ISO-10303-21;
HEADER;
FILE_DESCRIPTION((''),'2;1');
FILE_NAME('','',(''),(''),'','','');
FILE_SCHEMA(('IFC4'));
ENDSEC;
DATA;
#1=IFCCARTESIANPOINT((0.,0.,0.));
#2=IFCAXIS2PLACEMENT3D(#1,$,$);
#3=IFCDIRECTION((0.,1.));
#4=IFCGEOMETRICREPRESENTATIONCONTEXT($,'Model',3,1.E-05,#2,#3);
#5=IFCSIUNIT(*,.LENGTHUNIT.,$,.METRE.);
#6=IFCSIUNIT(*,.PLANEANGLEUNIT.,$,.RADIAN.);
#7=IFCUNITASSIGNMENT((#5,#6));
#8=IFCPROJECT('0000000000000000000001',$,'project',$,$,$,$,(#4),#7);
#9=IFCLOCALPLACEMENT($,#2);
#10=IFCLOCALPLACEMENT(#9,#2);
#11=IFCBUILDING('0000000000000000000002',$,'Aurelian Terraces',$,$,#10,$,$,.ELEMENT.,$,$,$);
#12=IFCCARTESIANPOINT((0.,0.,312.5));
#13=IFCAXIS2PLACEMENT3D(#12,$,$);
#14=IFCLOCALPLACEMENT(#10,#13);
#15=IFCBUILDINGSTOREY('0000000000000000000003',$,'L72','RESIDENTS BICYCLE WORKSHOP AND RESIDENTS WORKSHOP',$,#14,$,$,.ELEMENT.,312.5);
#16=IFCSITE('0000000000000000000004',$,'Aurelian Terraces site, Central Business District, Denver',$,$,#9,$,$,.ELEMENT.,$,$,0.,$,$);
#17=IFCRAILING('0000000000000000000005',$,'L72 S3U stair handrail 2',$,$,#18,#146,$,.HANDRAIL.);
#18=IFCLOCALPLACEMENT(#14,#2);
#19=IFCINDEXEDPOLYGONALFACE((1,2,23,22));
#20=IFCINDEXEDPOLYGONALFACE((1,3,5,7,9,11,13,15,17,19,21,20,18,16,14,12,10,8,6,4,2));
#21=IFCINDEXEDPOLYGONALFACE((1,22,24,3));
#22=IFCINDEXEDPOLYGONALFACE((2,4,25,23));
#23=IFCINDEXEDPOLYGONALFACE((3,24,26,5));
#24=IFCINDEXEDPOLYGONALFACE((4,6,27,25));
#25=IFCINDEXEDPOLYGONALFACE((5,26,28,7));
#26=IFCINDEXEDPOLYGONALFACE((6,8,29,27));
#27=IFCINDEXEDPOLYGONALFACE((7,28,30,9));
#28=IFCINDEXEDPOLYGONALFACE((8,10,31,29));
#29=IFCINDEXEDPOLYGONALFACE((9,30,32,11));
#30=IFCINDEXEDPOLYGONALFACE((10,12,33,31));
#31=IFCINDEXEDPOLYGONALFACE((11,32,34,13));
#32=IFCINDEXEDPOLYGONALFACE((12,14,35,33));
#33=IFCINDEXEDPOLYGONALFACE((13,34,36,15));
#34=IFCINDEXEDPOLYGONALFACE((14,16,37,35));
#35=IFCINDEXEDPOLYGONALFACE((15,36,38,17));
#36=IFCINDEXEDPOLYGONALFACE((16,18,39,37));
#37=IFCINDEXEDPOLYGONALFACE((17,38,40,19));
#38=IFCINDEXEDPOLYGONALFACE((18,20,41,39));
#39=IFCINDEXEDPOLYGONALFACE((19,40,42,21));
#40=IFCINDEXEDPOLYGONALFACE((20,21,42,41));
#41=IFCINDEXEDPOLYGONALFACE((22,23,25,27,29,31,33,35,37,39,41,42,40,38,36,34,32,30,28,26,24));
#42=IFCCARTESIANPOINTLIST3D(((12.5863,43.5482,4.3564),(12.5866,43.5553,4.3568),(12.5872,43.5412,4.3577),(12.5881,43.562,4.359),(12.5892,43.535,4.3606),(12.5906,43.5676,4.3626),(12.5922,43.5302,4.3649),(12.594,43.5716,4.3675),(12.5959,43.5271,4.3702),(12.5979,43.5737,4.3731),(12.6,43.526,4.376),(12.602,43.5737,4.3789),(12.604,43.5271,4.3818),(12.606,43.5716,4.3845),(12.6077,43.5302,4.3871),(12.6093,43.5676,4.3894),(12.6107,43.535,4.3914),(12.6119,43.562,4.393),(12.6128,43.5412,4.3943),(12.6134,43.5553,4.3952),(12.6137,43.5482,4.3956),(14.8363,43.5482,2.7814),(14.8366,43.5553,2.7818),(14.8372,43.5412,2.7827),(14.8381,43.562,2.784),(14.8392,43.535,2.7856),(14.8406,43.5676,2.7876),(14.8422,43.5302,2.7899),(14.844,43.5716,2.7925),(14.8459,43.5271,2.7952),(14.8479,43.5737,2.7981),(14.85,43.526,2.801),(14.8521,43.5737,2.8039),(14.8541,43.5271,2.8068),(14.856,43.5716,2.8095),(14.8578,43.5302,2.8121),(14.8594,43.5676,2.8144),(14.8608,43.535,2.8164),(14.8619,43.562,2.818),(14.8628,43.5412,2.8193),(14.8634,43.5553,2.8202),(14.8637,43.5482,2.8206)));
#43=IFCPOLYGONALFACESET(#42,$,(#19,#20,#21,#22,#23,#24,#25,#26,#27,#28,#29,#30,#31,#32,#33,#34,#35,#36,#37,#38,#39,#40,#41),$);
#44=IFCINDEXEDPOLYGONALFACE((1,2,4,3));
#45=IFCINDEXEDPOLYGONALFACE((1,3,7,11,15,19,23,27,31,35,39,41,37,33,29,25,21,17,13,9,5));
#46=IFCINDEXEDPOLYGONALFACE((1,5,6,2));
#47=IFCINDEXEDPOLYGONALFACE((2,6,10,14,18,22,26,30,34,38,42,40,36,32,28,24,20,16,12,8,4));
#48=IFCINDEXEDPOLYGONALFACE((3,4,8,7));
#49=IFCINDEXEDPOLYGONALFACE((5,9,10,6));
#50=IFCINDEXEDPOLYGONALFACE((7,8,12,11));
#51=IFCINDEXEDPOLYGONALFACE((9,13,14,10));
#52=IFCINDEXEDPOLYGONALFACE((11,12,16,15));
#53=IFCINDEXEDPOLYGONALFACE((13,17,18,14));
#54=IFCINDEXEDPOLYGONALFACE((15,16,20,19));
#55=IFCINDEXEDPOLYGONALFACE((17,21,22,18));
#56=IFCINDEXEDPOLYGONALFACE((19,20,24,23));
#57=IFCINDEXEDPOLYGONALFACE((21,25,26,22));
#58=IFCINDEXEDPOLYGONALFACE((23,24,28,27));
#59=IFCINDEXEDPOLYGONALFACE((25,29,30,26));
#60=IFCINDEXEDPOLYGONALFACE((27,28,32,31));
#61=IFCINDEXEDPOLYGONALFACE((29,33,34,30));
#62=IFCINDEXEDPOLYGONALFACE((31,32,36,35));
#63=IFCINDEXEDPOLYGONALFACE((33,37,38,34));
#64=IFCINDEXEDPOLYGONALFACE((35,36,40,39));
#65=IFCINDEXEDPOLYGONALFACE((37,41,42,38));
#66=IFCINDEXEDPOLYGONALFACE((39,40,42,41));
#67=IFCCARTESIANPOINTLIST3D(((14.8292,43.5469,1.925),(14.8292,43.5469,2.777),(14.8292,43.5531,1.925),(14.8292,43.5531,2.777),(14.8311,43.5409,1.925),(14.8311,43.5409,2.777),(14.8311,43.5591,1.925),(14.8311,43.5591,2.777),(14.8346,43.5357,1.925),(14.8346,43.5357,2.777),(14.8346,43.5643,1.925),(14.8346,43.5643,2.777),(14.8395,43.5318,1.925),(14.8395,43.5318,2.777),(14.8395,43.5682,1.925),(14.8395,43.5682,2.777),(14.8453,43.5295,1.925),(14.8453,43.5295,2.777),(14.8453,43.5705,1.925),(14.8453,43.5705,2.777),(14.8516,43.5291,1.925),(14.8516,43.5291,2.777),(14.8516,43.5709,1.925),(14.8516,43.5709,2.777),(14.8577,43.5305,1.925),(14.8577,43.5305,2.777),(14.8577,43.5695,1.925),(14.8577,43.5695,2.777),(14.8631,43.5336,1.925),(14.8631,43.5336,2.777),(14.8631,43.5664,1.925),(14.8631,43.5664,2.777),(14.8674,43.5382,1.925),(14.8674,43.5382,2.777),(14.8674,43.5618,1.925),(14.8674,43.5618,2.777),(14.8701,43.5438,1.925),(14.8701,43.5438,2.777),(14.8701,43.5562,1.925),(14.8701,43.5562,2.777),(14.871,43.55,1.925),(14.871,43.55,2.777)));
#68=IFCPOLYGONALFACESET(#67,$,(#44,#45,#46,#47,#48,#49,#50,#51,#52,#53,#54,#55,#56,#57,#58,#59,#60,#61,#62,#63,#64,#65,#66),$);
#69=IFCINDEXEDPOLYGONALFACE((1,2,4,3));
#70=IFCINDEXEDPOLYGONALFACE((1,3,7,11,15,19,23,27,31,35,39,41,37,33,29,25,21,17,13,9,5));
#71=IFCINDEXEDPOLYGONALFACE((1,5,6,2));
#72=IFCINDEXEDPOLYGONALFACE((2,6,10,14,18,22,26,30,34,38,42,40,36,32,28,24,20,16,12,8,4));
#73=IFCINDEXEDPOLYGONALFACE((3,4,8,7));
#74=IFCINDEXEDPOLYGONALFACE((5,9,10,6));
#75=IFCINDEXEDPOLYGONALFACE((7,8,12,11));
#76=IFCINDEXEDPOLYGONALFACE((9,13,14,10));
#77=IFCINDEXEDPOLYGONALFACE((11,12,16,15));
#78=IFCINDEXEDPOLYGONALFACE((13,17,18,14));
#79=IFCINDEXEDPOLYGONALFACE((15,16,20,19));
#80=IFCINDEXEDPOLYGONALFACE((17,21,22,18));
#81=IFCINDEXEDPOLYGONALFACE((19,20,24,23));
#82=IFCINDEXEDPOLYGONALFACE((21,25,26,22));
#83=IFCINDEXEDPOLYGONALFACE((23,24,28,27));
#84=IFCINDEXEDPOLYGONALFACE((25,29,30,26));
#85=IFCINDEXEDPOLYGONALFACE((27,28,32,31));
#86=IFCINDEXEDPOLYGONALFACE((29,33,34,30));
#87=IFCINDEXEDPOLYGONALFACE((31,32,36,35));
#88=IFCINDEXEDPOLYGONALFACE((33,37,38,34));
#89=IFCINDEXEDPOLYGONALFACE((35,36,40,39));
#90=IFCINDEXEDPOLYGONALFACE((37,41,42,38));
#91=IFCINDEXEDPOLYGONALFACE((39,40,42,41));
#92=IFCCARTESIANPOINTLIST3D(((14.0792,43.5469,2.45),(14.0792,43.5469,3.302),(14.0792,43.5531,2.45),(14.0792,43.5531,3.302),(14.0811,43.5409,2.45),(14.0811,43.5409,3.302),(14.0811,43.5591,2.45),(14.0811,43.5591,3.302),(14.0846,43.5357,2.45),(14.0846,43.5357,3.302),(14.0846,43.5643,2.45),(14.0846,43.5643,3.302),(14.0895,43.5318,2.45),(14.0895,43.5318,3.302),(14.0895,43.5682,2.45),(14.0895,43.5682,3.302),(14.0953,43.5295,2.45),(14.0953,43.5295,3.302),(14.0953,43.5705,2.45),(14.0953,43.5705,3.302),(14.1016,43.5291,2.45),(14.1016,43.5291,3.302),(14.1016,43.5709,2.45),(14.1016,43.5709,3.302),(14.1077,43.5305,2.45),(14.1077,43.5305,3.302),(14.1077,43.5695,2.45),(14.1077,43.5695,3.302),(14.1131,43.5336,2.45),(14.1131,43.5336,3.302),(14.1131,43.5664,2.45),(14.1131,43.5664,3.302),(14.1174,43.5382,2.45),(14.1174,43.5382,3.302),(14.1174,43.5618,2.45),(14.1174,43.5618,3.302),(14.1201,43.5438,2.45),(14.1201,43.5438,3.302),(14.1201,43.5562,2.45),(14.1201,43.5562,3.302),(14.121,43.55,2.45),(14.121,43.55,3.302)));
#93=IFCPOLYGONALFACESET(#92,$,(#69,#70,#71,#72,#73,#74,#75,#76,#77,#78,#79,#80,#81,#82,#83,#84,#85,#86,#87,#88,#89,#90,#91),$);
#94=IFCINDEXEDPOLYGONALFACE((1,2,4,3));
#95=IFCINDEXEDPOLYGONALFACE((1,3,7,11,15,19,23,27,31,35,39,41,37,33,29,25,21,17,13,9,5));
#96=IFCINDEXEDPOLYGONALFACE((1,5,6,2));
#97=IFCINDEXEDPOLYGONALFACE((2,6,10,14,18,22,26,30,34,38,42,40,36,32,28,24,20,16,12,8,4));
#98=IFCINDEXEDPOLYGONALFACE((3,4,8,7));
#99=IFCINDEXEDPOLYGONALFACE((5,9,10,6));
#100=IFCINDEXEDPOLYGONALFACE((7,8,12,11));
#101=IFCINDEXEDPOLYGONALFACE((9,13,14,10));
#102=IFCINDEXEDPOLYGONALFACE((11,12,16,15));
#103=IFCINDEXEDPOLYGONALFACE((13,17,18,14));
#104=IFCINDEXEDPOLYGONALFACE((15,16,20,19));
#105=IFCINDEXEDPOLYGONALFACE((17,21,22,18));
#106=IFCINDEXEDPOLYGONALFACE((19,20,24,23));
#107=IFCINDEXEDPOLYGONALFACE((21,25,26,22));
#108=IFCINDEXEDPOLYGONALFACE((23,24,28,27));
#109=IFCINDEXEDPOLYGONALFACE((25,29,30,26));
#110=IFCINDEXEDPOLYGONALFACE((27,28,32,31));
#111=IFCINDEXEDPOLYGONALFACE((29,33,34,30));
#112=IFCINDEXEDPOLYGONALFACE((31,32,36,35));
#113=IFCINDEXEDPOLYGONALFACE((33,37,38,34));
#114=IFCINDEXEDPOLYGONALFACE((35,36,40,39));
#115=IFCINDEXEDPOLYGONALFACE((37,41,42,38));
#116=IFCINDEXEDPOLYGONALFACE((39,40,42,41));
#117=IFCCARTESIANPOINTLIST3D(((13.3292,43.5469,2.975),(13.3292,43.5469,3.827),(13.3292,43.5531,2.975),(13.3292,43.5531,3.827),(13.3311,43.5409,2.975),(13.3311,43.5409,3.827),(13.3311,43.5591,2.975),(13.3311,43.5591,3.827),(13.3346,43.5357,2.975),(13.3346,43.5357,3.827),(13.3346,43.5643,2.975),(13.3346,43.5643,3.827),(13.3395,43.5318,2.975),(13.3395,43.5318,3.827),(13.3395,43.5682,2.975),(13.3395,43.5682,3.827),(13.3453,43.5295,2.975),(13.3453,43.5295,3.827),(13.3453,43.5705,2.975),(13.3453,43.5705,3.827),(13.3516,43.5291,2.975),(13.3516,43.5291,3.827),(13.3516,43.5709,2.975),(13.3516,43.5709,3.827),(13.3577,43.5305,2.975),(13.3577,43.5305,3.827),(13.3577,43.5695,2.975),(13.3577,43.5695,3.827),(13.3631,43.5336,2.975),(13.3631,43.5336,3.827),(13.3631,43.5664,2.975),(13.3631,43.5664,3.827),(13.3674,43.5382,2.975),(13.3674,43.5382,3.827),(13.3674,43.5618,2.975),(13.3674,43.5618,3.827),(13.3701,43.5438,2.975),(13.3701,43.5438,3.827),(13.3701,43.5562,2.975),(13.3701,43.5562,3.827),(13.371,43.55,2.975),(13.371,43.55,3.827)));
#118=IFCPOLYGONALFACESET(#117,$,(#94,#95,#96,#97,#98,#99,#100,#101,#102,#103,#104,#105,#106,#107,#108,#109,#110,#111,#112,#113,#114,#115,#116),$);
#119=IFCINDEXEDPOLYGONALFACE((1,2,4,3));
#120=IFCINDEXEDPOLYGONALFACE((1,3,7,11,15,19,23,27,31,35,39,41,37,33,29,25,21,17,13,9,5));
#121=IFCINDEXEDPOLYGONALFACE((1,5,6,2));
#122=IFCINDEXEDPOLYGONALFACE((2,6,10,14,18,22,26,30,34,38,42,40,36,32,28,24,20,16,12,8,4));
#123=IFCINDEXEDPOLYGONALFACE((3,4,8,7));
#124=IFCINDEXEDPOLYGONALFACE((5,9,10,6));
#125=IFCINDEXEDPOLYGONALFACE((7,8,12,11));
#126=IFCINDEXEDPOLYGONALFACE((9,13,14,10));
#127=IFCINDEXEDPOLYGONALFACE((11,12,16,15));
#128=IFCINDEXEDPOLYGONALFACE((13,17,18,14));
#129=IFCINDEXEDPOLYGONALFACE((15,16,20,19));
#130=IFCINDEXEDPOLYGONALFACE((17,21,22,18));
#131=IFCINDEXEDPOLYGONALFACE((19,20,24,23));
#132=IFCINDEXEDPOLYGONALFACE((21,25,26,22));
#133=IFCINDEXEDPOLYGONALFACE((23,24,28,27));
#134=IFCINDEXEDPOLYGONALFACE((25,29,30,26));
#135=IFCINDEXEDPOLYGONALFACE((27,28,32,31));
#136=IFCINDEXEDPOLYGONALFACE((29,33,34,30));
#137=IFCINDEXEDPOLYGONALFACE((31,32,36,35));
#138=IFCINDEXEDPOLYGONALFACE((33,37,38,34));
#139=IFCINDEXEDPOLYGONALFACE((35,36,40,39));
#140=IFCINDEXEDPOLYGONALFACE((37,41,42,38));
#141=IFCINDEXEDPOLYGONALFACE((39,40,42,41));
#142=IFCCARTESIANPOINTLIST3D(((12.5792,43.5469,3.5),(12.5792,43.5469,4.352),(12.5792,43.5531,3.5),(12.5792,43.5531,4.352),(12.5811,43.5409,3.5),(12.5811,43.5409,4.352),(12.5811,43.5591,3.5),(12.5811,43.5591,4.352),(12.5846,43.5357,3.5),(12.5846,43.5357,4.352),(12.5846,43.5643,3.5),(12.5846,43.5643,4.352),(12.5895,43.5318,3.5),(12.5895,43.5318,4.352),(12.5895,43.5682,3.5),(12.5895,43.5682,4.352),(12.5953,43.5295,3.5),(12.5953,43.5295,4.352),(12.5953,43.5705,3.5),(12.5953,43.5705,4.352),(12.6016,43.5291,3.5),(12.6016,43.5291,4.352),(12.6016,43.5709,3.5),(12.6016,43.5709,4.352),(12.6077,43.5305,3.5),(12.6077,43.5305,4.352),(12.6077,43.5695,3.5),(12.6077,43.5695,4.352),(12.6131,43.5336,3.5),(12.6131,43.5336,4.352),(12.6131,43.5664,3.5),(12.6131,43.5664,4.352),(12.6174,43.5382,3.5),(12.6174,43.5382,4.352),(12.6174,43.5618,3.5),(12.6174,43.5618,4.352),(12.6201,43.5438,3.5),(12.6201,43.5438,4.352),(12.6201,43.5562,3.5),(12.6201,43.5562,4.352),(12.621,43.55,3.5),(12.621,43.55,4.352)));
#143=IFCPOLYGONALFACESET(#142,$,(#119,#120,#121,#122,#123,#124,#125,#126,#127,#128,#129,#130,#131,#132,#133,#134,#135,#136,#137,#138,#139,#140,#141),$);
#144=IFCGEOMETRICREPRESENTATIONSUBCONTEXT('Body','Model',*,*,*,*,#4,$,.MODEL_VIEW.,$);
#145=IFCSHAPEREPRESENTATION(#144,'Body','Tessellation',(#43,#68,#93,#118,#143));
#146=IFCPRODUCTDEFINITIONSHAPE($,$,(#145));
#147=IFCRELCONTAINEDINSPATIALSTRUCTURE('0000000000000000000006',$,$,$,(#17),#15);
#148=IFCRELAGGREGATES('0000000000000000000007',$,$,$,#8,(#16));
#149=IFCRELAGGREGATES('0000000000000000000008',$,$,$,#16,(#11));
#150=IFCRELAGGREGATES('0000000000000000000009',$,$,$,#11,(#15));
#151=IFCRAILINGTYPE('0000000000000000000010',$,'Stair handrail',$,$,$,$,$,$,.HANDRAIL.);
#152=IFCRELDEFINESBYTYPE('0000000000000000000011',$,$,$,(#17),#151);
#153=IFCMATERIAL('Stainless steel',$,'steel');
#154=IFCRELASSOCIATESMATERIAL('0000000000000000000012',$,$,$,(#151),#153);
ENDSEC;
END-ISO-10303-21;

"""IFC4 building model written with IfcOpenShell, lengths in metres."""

from ifc_helpers import new_model, si_unit, direction, frame, origin, origin_2d, place, context, subcontext, project, spatial, circle, extrude, source, transform, mapped, material, type_object, element, save


model = new_model("IFC4")

# Units and contexts
model_context = context("Model", 3, precision=1e-05, world=origin(), true_north=direction((0.0, 1.0)))
body_context = subcontext(model_context, "Body", "Model", "MODEL_VIEW")
ifc_project = project(units=[si_unit("LENGTHUNIT", "METRE"), si_unit("PLANEANGLEUNIT", "RADIAN")], contexts=[model_context])

# Site, building, storey
site_placement = place(None, origin())
site = spatial("IfcSite", under=ifc_project, at=site_placement, Name="Aurelian Terraces site, Central Business District, Denver", CompositionType="ELEMENT", RefElevation=0.0)
building_placement = place(site_placement, origin())
building = spatial("IfcBuilding", under=site, at=building_placement, Name="Aurelian Terraces", CompositionType="ELEMENT")
storey_placement = place(building_placement, frame((0.0, 0.0, 312.5)))
storey = spatial("IfcBuildingStorey", under=building, at=storey_placement, Name="L72", Description="RESIDENTS BICYCLE WORKSHOP AND RESIDENTS WORKSHOP", CompositionType="ELEMENT", Elevation=312.5)

# Shared definitions
ifc_material_1 = material(Name="Stainless steel", Category="steel")

# Railing
railing_type_1 = type_object("IfcRailingType", Name="Stair handrail", PredefinedType="HANDRAIL", material=ifc_material_1)
shared_shape_1 = source(origin(), body_context, "Body", "SweptSolid", [
    extrude(circle(Radius=0.024, at=origin_2d()), frame((0.0, 0.0, 0.876), z_axis=(-0.819232, 0.0, 0.573462), x_axis=(0.0, -1.0, 0.0)), (0.0, 0.0, 1.0), 2.7465),
    extrude(circle(Radius=0.021, at=origin_2d()), origin(), (0.0, 0.0, 1.0), 0.852),
    extrude(circle(Radius=0.021, at=origin_2d()), frame((-0.75, 0.0, 0.525)), (0.0, 0.0, 1.0), 0.852),
    extrude(circle(Radius=0.021, at=origin_2d()), frame((-1.5, 0.0, 1.05)), (0.0, 0.0, 1.0), 0.852),
    extrude(circle(Radius=0.021, at=origin_2d()), frame((-2.25, 0.0, 1.575)), (0.0, 0.0, 1.0), 0.852),
])
railing_1_placement = place(storey_placement, frame((14.85, 43.55, 1.925)))
element("IfcRailing", 1, at=railing_1_placement, inside=storey, type_object=railing_type_1, Name="L72 S3U stair handrail 2", PredefinedType="HANDRAIL", context=body_context, shape_type="MappedRepresentation", body=[
    mapped(shared_shape_1, transform((0.0, 0.0, 0.0), scale=1.0)),
])

save(model, "model.ifc")
